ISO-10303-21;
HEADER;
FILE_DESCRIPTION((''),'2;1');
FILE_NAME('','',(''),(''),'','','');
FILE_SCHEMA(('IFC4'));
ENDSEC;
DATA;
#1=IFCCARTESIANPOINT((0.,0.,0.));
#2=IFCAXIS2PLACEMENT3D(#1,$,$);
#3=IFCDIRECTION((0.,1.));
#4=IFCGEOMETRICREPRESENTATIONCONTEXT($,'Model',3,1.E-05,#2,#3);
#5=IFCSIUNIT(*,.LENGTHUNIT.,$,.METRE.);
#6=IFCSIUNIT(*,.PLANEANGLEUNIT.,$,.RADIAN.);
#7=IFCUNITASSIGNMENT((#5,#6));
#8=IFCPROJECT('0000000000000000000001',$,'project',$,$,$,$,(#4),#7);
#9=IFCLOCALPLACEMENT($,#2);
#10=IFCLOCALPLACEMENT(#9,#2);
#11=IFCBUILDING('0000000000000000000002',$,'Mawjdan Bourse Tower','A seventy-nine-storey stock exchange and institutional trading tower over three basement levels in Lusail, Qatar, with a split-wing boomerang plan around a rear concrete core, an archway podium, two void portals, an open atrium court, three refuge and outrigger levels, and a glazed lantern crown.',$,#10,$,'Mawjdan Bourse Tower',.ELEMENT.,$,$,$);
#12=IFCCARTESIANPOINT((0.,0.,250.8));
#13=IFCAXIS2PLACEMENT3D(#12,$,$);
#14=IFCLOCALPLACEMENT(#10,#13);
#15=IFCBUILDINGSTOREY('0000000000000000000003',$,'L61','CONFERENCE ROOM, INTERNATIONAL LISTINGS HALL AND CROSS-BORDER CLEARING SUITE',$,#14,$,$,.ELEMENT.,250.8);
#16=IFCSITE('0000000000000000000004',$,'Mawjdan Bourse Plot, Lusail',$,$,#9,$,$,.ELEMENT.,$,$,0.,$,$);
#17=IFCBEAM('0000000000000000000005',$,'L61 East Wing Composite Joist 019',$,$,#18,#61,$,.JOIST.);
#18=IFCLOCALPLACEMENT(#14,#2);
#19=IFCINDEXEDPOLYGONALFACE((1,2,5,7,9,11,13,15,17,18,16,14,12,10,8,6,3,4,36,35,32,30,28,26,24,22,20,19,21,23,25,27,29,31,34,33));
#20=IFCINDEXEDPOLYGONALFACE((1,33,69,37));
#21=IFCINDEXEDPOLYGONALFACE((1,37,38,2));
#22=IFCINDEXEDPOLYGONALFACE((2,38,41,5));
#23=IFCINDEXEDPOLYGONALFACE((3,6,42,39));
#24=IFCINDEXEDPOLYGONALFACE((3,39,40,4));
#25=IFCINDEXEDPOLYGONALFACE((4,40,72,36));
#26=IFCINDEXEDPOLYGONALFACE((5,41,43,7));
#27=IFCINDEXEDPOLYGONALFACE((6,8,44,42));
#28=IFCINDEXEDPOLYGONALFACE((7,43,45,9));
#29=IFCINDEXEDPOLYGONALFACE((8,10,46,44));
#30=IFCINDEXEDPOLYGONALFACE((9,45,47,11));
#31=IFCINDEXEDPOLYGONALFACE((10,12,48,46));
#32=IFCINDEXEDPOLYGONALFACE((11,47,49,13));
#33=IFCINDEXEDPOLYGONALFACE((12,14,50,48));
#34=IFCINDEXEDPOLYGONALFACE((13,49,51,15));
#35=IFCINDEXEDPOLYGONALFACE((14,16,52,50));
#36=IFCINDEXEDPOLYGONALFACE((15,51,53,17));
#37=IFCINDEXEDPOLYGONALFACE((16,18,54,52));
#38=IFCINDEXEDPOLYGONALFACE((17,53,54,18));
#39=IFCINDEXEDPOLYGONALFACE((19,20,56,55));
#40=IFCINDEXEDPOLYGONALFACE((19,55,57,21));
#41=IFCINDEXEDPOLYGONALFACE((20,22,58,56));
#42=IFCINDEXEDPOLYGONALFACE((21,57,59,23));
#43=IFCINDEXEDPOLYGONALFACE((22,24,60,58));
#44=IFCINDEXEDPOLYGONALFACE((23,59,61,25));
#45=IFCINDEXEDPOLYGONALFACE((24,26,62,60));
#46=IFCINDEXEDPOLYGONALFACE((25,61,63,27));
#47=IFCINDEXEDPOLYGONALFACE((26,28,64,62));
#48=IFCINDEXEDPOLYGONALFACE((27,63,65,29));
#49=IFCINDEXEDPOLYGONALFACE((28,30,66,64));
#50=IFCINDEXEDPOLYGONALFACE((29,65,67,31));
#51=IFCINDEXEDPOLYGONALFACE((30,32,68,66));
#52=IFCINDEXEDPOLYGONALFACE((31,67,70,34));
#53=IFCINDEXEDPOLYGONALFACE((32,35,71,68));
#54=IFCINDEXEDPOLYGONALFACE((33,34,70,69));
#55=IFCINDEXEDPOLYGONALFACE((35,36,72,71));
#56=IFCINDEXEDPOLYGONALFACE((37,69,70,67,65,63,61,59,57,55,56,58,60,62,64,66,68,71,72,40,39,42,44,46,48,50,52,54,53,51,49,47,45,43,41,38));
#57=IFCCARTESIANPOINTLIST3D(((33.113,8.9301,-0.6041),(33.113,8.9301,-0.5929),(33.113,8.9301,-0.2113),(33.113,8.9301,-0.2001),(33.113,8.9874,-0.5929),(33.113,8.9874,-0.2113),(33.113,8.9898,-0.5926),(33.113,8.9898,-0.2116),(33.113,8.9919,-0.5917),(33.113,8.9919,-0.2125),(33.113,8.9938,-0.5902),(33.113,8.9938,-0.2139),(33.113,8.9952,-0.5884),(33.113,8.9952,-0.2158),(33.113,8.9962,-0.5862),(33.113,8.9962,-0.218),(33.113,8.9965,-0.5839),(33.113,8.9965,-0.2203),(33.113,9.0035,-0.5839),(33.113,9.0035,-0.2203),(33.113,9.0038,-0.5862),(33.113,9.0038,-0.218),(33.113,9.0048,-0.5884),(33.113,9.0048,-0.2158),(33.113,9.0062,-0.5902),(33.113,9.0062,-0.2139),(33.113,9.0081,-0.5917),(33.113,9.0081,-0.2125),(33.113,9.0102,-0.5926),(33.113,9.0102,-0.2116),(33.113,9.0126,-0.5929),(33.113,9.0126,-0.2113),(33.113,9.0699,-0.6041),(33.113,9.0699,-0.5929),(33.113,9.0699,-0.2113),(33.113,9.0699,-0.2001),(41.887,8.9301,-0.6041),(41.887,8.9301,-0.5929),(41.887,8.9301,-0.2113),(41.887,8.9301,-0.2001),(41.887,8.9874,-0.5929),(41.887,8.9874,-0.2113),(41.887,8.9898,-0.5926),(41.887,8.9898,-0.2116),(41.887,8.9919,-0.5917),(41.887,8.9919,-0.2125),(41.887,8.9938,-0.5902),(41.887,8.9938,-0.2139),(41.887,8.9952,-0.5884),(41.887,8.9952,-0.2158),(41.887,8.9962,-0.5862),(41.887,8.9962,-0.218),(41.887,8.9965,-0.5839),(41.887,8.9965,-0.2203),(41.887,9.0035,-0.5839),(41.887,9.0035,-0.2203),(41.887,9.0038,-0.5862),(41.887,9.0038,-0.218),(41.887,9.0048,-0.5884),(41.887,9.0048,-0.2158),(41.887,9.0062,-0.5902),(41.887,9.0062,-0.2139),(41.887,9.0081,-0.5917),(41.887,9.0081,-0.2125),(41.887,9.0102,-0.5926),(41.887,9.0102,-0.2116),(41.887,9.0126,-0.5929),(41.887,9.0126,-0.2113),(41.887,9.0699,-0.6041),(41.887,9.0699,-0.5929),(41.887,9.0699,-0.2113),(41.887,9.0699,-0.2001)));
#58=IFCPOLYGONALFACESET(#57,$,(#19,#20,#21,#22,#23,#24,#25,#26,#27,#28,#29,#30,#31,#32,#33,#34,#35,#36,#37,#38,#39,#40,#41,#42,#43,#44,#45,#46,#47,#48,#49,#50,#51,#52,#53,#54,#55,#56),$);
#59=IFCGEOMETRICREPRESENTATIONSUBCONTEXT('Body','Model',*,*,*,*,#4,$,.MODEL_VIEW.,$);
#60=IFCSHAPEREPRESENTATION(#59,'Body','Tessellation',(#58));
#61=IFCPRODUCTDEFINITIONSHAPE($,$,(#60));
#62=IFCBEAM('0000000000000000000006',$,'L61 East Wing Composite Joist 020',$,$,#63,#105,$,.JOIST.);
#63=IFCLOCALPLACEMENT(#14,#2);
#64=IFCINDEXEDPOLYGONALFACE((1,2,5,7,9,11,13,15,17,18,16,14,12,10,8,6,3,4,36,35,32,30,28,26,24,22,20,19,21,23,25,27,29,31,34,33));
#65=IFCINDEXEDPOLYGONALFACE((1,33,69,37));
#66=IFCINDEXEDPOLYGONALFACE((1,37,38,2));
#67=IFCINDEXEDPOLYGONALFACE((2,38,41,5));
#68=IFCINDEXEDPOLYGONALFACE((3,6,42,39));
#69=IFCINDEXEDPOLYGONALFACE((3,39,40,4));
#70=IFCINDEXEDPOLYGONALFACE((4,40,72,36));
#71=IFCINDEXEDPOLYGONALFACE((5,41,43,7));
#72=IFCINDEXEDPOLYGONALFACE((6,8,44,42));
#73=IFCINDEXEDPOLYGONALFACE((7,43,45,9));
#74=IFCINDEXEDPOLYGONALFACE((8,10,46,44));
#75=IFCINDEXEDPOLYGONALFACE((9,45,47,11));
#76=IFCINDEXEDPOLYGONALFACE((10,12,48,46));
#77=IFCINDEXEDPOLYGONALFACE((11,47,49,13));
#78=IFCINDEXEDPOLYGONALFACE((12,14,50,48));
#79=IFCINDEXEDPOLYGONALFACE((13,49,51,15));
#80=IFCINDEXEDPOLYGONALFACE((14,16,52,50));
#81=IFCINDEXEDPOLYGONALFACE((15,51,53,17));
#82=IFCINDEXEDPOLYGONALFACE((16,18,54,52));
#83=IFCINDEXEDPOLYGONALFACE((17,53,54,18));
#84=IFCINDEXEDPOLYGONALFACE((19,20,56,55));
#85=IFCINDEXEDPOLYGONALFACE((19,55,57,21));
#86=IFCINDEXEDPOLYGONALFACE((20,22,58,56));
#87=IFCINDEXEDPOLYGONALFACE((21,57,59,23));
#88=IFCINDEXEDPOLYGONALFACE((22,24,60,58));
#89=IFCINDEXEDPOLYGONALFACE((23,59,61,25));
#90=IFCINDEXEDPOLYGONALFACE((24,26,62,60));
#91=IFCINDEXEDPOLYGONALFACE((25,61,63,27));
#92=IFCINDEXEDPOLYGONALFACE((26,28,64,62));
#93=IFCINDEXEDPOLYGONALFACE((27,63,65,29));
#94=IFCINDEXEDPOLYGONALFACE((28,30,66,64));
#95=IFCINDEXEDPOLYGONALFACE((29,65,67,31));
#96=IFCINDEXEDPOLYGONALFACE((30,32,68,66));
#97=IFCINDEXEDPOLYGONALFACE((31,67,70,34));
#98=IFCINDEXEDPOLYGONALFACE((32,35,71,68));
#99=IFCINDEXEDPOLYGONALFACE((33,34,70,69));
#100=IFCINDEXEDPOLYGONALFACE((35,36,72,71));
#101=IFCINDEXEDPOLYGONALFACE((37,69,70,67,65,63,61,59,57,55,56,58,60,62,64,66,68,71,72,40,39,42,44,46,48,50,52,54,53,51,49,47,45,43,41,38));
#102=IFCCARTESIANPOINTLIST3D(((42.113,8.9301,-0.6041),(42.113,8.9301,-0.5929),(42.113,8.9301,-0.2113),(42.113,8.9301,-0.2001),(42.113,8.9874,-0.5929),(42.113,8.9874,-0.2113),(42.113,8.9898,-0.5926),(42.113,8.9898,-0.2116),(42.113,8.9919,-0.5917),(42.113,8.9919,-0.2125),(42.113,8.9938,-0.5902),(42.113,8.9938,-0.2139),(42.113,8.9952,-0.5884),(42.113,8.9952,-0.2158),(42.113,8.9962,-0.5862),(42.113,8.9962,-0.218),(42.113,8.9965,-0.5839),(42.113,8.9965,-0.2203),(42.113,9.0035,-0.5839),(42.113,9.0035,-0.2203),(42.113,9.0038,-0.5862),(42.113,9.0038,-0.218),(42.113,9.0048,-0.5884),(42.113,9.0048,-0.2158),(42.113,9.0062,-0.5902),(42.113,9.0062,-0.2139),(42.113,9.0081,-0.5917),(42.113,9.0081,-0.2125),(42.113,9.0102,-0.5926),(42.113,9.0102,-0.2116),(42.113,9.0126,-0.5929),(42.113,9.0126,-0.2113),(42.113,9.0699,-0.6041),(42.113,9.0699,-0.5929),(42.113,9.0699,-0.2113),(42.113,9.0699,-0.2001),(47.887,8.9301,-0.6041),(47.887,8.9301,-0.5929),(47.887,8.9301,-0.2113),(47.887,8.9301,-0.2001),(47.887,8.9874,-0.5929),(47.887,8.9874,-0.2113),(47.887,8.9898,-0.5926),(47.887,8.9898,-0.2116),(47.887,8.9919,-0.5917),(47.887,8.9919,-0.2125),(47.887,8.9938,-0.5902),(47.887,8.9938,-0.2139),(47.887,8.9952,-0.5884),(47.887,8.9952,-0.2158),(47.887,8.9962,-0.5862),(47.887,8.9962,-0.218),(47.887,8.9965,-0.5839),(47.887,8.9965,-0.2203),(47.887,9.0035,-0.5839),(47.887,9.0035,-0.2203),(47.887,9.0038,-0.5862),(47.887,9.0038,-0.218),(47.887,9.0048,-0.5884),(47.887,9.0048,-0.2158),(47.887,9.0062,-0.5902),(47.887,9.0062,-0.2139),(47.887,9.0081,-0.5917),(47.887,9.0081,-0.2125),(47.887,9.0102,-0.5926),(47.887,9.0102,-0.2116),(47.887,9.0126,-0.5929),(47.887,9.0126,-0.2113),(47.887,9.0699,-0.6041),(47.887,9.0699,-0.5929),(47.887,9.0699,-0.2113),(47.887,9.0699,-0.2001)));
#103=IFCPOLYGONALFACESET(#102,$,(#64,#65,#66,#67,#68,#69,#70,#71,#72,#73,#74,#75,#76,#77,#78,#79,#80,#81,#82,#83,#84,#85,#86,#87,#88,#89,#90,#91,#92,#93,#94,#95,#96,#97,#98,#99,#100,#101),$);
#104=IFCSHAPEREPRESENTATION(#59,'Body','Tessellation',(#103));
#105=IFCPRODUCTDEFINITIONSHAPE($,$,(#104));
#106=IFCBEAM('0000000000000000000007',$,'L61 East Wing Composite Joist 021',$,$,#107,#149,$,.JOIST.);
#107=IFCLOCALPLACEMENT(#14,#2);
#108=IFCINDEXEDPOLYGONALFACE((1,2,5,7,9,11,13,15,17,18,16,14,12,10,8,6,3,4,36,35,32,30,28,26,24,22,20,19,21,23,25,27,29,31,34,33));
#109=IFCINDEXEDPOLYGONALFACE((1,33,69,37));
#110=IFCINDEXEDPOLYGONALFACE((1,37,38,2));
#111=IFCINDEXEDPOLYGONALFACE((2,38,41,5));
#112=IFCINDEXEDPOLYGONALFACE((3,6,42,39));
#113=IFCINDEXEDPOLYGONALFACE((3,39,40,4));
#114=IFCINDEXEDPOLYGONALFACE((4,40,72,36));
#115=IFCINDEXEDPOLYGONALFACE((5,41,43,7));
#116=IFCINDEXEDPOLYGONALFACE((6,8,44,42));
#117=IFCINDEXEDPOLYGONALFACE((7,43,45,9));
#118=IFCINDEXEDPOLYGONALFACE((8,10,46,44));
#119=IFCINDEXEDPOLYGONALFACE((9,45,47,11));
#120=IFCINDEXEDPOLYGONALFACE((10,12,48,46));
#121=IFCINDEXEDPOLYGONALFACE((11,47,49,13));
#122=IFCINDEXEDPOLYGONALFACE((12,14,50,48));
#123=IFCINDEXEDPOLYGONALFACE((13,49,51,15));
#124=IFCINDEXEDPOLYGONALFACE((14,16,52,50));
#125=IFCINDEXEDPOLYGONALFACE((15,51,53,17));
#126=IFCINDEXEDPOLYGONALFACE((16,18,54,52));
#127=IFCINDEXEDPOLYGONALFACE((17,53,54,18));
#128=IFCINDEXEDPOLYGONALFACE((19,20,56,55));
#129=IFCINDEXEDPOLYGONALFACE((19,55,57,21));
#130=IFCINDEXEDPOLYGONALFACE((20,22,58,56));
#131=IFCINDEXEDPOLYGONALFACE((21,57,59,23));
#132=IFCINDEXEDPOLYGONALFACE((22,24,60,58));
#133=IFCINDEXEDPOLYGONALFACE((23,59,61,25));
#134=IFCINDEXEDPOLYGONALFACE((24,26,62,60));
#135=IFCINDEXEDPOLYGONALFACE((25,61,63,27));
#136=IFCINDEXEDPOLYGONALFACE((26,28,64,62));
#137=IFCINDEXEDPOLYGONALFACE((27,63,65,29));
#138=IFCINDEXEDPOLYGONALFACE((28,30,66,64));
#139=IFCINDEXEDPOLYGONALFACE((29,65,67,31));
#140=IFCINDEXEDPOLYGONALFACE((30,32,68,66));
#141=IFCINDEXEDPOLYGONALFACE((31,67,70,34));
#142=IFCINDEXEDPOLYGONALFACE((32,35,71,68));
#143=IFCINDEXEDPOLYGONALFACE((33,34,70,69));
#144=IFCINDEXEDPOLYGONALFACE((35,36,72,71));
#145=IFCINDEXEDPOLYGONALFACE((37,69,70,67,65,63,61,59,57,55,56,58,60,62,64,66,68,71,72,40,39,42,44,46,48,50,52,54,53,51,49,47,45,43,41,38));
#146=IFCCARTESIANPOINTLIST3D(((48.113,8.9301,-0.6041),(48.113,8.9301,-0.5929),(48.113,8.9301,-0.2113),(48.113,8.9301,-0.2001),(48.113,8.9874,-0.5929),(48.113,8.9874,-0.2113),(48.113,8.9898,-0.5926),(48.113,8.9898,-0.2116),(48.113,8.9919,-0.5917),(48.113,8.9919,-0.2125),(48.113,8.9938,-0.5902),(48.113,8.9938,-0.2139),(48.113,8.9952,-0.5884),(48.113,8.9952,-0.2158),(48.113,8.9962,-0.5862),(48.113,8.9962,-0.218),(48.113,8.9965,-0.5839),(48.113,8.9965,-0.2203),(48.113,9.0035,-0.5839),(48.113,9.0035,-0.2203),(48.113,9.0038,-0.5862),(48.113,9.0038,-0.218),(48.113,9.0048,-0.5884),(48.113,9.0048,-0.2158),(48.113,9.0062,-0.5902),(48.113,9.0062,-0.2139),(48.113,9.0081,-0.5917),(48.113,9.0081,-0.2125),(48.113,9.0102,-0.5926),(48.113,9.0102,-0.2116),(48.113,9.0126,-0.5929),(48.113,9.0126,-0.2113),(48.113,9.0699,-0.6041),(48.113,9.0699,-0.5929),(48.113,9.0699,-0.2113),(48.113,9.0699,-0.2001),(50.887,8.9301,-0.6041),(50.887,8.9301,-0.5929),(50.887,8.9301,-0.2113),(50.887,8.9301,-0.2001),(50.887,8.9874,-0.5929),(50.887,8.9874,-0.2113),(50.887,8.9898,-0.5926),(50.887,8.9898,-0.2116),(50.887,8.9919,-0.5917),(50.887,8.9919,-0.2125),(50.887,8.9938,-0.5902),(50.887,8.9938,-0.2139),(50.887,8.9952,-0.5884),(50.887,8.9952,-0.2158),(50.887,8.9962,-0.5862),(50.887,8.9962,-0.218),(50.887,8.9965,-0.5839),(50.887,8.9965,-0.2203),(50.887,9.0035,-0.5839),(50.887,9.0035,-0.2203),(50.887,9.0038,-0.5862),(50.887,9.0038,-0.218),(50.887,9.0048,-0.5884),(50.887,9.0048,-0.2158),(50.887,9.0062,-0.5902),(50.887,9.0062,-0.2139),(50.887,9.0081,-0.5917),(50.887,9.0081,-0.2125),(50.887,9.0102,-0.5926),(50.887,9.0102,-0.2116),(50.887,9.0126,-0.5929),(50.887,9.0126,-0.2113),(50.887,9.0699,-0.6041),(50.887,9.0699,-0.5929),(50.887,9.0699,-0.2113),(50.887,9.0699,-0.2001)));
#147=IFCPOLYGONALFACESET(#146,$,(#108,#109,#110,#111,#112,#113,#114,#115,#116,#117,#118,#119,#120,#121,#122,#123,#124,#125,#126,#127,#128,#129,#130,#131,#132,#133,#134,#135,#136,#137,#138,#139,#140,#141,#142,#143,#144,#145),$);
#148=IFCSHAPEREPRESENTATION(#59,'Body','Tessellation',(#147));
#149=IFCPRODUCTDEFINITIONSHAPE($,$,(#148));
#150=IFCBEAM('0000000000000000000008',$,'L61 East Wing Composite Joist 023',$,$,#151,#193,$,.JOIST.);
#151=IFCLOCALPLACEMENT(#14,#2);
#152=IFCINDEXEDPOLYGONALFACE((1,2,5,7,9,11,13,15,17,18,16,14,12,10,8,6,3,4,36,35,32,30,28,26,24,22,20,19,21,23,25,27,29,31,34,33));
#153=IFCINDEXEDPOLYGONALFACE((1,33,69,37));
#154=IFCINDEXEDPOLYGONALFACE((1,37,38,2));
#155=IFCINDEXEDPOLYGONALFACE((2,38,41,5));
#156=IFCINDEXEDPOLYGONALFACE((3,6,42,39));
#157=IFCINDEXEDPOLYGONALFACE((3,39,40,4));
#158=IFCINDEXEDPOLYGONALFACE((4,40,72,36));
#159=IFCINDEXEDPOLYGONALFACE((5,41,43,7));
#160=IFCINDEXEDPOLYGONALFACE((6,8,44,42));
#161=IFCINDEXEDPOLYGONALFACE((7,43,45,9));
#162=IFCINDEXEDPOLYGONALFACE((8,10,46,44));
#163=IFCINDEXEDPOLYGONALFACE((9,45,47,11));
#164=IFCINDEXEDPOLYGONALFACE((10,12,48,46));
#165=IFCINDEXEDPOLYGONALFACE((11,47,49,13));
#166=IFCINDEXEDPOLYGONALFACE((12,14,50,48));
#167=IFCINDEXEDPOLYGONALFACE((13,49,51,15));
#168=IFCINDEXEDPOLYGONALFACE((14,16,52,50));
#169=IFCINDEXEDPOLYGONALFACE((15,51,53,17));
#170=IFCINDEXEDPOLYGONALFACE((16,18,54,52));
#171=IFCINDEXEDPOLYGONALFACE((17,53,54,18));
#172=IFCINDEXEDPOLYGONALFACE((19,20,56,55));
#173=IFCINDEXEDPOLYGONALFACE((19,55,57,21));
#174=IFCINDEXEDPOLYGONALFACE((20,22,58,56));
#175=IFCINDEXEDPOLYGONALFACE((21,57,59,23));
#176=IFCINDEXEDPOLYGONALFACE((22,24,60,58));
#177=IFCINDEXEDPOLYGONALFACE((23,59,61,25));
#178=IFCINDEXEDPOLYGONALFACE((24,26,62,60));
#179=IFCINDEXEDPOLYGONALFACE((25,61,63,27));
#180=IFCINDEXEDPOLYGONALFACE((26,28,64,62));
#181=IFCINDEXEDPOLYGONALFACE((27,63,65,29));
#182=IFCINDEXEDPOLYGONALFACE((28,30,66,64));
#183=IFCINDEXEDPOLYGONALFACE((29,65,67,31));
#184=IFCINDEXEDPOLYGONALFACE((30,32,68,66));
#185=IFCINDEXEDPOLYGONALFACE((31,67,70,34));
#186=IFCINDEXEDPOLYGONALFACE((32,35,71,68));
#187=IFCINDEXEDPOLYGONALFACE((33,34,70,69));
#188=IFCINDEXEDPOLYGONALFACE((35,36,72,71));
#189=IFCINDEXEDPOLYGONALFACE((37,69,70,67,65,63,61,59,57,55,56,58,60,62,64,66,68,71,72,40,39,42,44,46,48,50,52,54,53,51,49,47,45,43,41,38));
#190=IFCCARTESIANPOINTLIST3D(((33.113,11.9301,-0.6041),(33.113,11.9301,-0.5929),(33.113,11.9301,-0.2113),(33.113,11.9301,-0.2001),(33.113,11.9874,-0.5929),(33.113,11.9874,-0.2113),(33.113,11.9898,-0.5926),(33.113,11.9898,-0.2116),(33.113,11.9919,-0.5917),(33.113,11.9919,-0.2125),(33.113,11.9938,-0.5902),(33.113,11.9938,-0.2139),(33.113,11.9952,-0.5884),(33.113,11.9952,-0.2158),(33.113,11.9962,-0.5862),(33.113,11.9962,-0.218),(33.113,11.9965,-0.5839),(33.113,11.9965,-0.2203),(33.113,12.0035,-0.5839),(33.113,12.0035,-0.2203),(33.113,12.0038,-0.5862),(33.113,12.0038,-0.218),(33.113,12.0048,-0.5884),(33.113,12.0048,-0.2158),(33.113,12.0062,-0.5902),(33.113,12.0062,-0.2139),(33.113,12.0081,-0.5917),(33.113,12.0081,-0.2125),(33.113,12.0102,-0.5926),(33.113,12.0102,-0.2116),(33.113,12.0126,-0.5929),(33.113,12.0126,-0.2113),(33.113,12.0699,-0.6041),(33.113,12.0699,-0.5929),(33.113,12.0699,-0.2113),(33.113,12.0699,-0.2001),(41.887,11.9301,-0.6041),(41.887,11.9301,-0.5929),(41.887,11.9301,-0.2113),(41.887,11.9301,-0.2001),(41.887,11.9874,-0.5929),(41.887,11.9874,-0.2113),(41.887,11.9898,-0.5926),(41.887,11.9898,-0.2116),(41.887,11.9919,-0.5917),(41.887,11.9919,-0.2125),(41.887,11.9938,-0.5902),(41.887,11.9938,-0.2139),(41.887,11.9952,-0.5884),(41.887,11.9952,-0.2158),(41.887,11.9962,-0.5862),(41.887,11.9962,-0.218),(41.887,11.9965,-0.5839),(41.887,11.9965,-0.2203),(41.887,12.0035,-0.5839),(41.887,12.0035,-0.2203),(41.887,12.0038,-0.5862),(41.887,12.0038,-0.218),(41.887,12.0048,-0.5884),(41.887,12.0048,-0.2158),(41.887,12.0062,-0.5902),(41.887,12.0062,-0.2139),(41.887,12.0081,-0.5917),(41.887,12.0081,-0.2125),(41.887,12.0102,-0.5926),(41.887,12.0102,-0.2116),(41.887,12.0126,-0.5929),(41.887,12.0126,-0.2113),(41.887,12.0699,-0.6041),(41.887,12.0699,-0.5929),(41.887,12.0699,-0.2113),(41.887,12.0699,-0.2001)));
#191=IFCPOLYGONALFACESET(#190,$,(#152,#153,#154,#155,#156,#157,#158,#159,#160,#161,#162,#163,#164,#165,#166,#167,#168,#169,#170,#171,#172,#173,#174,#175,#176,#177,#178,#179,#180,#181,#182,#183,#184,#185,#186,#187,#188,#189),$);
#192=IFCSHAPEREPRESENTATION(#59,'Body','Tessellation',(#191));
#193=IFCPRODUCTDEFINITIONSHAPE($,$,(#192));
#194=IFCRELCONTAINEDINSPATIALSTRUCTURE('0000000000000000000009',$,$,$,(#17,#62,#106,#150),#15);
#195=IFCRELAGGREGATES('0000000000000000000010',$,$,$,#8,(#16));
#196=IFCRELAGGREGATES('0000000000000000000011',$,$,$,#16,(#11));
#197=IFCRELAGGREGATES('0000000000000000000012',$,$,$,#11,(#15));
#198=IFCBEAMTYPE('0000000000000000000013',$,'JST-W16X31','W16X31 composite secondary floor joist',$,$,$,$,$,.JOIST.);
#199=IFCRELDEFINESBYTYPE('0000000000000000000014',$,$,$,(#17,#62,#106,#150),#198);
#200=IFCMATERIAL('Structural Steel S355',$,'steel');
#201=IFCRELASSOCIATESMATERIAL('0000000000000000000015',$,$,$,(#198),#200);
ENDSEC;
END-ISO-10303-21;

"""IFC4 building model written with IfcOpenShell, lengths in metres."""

from ifc_helpers import new_model, si_unit, direction, frame, origin, origin_2d, place, context, subcontext, project, spatial, i_section, extrude, material, material_profile, profile_set, type_object, element, save


model = new_model("IFC4")

# Units and contexts
model_context = context("Model", 3, precision=1e-05, world=origin(), true_north=direction((0.0, 1.0)))
body_context = subcontext(model_context, "Body", "Model", "MODEL_VIEW")
ifc_project = project(units=[si_unit("LENGTHUNIT", "METRE"), si_unit("PLANEANGLEUNIT", "RADIAN")], contexts=[model_context])

# Site, building, storey
site_placement = place(None, origin())
site = spatial("IfcSite", under=ifc_project, at=site_placement, Name="Mawjdan Bourse Plot, Lusail", CompositionType="ELEMENT", RefElevation=0.0)
building_placement = place(site_placement, origin())
building = spatial("IfcBuilding", under=site, at=building_placement, Name="Mawjdan Bourse Tower", Description="A seventy-nine-storey stock exchange and institutional trading tower over three basement levels in Lusail, Qatar, with a split-wing boomerang plan around a rear concrete core, an archway podium, two void portals, an open atrium court, three refuge and outrigger levels, and a glazed lantern crown.", LongName="Mawjdan Bourse Tower", CompositionType="ELEMENT")
storey_placement = place(building_placement, frame((0.0, 0.0, 250.8)))
storey = spatial("IfcBuildingStorey", under=building, at=storey_placement, Name="L61", Description="CONFERENCE ROOM, INTERNATIONAL LISTINGS HALL AND CROSS-BORDER CLEARING SUITE", CompositionType="ELEMENT", Elevation=250.8)

# Beams
ifc_material_1 = material(Name="Structural Steel S355", Category="steel")
ifc_material_profile_1 = material_profile(ifc_material_1, i_section(OverallWidth=0.1399, OverallDepth=0.4041, WebThickness=0.0071, FlangeThickness=0.0112, FilletRadius=0.009, at=origin_2d()), Name="W16X31")
ifc_profile_set_1 = profile_set([ifc_material_profile_1], Name="Structural Steel S355")
beam_type_1 = type_object("IfcBeamType", Name="JST-W16X31", Description="W16X31 composite secondary floor joist", PredefinedType="JOIST", material=ifc_profile_set_1)
beam_1_placement = place(storey_placement, frame((33.113, 9.0, -0.4021), z_axis=(1.0, 0.0, 0.0), x_axis=(0.0, 1.0, 0.0)))
element("IfcBeam", 1, at=beam_1_placement, inside=storey, type_object=beam_type_1, Name="L61 East Wing Composite Joist 019", PredefinedType="JOIST", context=body_context, shape_type="SweptSolid", body=[
    extrude(i_section(OverallWidth=0.1399, OverallDepth=0.4041, WebThickness=0.0071, FlangeThickness=0.0112, FilletRadius=0.009, at=origin_2d()), origin(), (0.0, 0.0, 1.0), 8.7739),
])
beam_2_placement = place(storey_placement, frame((42.113, 9.0, -0.4021), z_axis=(1.0, 0.0, 0.0), x_axis=(0.0, 1.0, 0.0)))
element("IfcBeam", 2, at=beam_2_placement, inside=storey, type_object=beam_type_1, Name="L61 East Wing Composite Joist 020", PredefinedType="JOIST", context=body_context, shape_type="SweptSolid", body=[
    extrude(i_section(OverallWidth=0.1399, OverallDepth=0.4041, WebThickness=0.0071, FlangeThickness=0.0112, FilletRadius=0.009, at=origin_2d()), origin(), (0.0, 0.0, 1.0), 5.7739),
])
beam_3_placement = place(storey_placement, frame((48.113, 9.0, -0.4021), z_axis=(1.0, 0.0, 0.0), x_axis=(0.0, 1.0, 0.0)))
element("IfcBeam", 3, at=beam_3_placement, inside=storey, type_object=beam_type_1, Name="L61 East Wing Composite Joist 021", PredefinedType="JOIST", context=body_context, shape_type="SweptSolid", body=[
    extrude(i_section(OverallWidth=0.1399, OverallDepth=0.4041, WebThickness=0.0071, FlangeThickness=0.0112, FilletRadius=0.009, at=origin_2d()), origin(), (0.0, 0.0, 1.0), 2.7739),
])
beam_4_placement = place(storey_placement, frame((33.113, 12.0, -0.4021), z_axis=(1.0, 0.0, 0.0), x_axis=(0.0, 1.0, 0.0)))
element("IfcBeam", 4, at=beam_4_placement, inside=storey, type_object=beam_type_1, Name="L61 East Wing Composite Joist 023", PredefinedType="JOIST", context=body_context, shape_type="SweptSolid", body=[
    extrude(i_section(OverallWidth=0.1399, OverallDepth=0.4041, WebThickness=0.0071, FlangeThickness=0.0112, FilletRadius=0.009, at=origin_2d()), origin(), (0.0, 0.0, 1.0), 8.7739),
])

save(model, "model.ifc")
